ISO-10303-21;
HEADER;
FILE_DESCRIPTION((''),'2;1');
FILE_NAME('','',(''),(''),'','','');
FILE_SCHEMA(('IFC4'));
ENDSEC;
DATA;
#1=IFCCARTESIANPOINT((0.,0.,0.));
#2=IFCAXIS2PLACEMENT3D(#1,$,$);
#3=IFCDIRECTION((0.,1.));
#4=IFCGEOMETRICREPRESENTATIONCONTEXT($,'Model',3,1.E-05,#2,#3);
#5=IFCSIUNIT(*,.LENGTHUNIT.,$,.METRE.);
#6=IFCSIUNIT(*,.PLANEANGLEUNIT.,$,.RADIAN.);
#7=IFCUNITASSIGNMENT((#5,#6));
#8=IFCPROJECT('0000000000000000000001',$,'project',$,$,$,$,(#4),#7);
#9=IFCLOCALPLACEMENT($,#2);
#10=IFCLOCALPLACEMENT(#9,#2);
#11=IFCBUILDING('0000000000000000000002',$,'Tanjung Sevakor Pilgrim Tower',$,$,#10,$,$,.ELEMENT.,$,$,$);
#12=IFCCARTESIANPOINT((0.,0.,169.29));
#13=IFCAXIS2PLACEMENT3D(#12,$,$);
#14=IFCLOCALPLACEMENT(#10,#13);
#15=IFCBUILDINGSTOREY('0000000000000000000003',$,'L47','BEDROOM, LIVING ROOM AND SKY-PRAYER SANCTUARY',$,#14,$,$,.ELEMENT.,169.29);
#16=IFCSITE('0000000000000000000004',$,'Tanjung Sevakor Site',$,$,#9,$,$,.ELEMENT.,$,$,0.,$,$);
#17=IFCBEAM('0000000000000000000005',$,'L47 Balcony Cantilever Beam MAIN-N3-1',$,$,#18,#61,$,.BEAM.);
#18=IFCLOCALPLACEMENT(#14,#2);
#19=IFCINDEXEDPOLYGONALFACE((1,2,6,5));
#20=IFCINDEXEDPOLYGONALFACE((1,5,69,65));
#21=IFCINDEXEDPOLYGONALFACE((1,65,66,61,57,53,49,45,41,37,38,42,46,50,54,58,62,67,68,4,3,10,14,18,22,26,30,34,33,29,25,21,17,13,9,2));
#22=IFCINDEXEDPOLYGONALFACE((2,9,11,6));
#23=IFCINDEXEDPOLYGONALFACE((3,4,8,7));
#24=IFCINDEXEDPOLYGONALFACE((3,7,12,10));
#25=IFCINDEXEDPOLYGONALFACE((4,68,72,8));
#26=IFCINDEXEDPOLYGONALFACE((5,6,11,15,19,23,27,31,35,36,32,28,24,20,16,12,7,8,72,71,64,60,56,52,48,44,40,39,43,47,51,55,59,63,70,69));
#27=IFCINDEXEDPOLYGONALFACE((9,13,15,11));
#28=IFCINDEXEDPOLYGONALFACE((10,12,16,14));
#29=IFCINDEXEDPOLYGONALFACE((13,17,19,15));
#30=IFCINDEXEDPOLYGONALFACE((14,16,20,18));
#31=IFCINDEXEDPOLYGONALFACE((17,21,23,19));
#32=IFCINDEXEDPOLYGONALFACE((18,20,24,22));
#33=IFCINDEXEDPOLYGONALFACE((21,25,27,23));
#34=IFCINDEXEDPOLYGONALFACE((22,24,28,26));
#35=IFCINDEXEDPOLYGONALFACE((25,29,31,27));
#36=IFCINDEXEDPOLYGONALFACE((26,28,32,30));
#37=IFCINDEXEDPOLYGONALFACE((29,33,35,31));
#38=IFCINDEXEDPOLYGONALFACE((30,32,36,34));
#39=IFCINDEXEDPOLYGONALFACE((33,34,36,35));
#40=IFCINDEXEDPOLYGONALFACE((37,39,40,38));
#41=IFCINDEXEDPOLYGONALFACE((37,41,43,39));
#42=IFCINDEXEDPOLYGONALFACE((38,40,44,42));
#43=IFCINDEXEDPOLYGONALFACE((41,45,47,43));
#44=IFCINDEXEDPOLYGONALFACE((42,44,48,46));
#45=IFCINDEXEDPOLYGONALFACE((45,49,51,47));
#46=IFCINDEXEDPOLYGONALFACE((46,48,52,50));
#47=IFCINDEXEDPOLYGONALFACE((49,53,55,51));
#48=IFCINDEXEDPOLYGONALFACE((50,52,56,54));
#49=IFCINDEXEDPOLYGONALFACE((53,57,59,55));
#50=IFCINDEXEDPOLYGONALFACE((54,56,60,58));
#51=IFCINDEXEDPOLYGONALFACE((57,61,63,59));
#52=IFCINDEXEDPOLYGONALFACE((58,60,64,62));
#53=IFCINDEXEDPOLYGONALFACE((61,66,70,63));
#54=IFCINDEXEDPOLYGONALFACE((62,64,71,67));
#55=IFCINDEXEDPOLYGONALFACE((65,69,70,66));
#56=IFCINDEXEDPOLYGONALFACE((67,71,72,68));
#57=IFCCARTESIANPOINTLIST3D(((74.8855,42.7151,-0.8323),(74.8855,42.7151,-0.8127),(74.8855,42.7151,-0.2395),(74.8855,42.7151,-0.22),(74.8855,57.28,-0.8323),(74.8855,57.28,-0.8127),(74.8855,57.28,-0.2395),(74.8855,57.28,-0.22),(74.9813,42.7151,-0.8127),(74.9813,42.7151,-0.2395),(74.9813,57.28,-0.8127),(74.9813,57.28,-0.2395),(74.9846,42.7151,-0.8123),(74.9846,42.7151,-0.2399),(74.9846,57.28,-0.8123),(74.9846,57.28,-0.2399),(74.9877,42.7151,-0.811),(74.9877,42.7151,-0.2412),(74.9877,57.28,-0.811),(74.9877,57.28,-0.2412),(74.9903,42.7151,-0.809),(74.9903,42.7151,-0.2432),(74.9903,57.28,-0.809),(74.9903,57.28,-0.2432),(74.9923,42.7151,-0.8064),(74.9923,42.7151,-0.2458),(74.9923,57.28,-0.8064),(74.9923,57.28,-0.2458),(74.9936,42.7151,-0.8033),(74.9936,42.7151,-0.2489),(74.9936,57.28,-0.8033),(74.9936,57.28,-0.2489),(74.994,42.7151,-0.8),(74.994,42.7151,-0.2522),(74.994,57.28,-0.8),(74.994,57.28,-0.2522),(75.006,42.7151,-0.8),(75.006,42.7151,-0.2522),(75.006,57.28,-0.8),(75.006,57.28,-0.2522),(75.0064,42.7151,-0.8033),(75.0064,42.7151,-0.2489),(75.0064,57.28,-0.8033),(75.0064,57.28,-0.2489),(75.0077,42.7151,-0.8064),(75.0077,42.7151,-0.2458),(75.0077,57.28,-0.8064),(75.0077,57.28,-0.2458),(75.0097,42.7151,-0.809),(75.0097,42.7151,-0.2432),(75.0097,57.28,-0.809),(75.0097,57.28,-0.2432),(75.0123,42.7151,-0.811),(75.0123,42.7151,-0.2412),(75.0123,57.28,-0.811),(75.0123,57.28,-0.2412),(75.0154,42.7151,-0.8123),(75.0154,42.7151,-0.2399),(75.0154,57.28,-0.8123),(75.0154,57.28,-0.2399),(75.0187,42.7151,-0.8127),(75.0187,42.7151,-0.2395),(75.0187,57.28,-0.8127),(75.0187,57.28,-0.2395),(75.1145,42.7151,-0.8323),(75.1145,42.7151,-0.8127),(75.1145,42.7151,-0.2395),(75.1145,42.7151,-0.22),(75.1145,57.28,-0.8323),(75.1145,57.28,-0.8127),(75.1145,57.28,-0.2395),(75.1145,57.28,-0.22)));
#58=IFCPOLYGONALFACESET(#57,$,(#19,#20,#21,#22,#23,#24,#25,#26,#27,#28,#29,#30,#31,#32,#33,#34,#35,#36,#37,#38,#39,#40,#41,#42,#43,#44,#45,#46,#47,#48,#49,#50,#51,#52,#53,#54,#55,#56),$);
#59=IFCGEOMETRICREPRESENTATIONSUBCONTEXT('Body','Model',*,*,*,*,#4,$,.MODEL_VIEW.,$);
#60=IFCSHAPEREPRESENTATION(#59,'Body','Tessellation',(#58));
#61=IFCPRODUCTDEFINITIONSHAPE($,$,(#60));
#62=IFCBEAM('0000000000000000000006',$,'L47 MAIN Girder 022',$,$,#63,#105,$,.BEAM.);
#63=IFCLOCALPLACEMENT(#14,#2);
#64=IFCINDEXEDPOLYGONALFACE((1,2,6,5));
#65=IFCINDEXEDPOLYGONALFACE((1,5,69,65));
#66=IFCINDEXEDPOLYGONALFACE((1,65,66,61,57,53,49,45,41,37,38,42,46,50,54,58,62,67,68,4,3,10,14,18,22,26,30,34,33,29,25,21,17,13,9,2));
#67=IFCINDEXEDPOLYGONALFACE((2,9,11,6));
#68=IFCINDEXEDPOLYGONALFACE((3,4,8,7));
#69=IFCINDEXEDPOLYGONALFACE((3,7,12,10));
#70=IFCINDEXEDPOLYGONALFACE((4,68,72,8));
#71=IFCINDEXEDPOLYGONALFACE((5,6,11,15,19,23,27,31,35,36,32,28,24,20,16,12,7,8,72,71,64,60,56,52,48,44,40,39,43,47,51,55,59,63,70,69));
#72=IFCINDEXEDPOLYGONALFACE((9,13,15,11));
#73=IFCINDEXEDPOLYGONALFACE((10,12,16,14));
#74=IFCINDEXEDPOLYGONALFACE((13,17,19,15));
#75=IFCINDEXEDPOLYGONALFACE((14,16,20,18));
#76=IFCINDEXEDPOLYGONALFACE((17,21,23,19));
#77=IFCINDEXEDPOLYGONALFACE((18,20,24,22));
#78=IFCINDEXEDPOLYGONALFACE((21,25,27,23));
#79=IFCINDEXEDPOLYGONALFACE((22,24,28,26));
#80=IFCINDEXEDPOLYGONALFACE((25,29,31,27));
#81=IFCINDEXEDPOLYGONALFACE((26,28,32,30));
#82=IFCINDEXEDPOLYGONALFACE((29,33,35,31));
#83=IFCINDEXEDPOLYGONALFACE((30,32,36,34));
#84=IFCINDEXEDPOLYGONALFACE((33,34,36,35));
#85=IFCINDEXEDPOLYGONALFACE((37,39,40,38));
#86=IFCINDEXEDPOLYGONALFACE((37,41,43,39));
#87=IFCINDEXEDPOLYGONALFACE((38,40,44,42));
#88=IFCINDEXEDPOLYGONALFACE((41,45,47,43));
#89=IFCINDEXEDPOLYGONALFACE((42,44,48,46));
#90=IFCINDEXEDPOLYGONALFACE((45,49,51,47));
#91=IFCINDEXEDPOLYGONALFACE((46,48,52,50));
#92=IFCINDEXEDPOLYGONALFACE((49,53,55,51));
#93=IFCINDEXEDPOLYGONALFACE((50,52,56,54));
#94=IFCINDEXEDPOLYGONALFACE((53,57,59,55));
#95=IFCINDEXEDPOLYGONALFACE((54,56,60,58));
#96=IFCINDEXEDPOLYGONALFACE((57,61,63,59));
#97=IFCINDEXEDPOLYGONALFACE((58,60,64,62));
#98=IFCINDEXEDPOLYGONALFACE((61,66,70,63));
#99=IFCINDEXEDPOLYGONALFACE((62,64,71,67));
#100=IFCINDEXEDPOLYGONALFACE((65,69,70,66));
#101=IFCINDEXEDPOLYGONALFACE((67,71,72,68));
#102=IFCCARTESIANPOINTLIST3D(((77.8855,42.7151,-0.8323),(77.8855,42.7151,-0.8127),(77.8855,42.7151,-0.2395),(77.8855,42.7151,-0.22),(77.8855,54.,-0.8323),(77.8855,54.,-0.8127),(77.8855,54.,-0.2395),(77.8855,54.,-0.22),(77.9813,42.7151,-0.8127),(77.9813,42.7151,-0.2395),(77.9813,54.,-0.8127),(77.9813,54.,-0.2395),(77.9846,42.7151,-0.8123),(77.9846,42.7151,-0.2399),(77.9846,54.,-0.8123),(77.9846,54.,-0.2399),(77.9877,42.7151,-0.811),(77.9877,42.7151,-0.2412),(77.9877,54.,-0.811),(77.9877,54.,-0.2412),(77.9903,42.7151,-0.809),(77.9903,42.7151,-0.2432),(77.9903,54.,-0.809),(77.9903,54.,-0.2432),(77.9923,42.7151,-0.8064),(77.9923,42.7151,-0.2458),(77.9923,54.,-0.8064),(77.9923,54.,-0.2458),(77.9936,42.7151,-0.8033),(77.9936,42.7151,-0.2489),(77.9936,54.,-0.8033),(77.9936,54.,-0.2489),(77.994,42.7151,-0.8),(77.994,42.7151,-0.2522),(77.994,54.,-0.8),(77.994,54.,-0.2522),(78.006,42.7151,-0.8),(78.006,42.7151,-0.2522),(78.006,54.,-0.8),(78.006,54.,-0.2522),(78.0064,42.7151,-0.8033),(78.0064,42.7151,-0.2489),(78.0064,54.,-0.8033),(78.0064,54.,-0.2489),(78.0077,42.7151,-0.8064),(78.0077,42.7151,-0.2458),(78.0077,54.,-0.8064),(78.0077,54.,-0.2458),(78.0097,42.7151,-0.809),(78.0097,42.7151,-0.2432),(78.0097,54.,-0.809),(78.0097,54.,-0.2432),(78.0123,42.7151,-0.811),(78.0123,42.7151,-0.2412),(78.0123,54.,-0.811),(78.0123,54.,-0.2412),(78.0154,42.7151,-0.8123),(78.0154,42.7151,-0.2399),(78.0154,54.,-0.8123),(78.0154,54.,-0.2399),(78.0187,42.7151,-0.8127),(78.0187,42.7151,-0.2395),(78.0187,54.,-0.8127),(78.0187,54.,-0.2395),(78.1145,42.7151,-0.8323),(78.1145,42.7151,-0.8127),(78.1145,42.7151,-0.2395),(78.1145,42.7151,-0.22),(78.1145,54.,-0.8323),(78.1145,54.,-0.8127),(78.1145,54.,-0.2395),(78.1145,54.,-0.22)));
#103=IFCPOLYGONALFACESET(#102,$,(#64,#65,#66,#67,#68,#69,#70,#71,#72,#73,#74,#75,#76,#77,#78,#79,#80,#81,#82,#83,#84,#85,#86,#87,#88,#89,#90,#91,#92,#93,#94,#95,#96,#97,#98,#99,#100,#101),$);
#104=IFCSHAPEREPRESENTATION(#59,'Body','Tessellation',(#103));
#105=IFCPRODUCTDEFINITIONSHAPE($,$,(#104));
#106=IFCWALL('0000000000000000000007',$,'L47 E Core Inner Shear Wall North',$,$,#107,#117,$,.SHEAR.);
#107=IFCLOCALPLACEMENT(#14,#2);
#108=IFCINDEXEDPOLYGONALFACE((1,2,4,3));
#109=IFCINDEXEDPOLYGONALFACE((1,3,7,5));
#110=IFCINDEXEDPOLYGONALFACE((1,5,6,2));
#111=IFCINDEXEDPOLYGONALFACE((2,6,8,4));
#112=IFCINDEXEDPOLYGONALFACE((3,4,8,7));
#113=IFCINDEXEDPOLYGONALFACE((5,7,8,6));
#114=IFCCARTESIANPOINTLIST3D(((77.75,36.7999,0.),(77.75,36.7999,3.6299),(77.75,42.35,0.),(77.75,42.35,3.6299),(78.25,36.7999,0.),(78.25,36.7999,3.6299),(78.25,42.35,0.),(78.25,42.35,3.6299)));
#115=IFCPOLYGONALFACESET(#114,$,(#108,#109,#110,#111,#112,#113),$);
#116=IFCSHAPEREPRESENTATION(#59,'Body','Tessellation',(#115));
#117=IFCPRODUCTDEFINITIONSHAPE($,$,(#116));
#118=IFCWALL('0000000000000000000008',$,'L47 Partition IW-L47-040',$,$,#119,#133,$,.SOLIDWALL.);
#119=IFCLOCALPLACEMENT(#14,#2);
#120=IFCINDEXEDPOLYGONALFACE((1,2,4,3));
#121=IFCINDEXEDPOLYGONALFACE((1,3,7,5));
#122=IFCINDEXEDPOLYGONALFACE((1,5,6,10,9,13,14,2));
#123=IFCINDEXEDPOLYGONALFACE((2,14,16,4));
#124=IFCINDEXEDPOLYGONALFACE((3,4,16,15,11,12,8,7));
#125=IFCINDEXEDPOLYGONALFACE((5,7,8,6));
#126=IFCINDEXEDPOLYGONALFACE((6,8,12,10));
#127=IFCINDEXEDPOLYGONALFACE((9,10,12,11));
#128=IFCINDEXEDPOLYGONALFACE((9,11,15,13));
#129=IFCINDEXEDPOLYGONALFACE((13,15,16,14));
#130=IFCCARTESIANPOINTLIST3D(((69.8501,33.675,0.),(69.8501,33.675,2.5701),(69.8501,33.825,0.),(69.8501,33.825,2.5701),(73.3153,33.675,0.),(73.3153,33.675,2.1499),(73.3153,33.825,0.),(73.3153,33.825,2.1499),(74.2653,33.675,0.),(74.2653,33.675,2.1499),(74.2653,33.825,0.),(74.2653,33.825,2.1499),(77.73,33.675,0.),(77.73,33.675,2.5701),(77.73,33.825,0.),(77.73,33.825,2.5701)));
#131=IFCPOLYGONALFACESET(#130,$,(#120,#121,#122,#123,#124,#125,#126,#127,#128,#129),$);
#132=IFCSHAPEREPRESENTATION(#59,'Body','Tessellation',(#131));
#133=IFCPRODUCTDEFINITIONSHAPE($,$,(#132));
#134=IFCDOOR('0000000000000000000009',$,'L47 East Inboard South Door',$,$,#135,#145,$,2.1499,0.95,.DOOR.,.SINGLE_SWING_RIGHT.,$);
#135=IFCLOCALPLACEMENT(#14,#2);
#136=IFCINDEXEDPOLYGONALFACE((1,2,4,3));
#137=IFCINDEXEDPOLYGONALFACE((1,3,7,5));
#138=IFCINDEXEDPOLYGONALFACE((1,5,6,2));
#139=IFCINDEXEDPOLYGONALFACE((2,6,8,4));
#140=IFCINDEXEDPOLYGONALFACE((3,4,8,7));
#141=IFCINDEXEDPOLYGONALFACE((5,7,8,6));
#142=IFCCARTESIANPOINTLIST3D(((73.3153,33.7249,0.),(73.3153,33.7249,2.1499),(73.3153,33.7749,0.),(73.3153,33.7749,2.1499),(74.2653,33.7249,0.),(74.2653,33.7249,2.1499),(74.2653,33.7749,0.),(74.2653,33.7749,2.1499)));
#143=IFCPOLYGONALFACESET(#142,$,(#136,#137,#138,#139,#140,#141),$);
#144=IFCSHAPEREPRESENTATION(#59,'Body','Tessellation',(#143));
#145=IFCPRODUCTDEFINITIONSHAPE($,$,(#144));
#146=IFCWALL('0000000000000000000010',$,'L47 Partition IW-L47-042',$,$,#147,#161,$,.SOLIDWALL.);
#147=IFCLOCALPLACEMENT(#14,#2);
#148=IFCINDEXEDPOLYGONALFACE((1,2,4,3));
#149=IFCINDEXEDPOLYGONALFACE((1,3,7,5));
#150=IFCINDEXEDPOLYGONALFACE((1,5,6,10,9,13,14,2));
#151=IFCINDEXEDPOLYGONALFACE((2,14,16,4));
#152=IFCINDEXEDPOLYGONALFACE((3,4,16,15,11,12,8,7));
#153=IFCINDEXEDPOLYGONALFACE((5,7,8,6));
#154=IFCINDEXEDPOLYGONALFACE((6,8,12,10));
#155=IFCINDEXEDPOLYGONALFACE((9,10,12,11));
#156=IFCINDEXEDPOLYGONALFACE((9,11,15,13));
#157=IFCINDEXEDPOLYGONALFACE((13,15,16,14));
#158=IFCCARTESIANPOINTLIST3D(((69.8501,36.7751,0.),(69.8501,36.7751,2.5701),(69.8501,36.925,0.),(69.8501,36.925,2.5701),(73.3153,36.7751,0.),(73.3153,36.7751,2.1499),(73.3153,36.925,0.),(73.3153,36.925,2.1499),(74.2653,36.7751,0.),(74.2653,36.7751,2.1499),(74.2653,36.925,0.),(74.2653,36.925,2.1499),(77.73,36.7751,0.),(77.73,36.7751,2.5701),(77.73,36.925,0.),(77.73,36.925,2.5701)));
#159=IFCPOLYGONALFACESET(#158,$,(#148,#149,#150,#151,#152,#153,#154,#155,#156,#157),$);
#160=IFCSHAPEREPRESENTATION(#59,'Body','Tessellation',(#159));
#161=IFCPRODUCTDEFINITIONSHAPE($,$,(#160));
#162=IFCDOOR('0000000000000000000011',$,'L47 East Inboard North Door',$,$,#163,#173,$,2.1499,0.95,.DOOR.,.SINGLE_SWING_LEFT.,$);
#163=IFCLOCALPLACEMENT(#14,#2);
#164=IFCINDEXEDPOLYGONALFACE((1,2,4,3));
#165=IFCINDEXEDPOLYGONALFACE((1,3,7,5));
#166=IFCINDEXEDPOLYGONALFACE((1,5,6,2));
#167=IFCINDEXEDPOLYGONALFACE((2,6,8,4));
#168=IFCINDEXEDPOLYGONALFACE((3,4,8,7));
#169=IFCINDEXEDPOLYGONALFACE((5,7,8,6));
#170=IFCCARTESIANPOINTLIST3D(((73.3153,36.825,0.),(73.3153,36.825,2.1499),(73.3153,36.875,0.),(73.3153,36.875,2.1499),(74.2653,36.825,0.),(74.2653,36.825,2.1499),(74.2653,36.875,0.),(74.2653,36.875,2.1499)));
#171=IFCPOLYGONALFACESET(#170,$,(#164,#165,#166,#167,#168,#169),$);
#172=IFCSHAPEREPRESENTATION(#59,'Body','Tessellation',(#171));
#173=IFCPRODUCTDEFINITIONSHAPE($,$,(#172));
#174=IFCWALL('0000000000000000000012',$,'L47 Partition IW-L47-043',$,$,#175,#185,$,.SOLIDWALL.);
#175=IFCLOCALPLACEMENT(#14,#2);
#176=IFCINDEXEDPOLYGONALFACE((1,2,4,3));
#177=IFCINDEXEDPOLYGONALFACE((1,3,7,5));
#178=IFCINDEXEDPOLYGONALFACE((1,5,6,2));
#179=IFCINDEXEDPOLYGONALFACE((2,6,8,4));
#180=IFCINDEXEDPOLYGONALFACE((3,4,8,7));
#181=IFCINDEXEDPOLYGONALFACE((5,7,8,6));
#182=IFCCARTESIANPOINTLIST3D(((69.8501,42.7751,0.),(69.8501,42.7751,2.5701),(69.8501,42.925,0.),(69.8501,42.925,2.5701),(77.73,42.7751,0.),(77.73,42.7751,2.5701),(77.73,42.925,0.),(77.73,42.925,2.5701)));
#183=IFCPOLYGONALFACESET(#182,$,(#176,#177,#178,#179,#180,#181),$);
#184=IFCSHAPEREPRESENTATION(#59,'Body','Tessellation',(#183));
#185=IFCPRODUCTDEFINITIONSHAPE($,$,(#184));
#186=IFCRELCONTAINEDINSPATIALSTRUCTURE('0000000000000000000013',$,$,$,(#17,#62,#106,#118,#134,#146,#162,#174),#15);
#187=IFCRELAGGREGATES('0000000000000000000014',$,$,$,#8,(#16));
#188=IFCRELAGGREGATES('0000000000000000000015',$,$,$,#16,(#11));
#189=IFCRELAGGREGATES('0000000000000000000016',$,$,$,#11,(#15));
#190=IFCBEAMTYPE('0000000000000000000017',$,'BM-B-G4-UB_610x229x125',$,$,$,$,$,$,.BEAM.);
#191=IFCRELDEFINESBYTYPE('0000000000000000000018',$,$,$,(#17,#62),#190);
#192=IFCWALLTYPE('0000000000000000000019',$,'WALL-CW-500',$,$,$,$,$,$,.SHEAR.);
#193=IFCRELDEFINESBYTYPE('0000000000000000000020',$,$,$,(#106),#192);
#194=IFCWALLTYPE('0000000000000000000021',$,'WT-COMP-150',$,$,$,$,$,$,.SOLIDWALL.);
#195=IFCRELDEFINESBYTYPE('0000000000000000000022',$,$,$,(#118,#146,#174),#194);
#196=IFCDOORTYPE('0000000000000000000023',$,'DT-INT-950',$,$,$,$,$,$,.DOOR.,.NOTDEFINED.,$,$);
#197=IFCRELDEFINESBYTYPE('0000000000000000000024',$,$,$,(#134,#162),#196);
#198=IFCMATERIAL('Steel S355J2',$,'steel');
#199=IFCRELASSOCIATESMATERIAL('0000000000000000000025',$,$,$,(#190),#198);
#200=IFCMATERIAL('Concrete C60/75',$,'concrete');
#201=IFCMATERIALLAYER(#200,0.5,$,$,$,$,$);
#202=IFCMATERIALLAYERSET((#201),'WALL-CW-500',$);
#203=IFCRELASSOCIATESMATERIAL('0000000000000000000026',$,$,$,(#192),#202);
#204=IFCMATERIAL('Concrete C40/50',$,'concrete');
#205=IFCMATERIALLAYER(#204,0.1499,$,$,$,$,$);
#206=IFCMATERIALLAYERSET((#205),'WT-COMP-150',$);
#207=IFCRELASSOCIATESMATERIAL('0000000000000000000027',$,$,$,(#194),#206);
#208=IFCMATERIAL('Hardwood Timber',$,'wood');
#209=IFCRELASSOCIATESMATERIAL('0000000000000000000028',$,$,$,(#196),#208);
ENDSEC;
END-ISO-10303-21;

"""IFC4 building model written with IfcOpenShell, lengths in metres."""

from ifc_helpers import new_model, si_unit, direction, frame, frame_2d, origin, origin_2d, place, context, subcontext, project, spatial, rectangle, i_section, extrude, material, layer, layer_set, material_profile, profile_set, type_object, element, fill, save


model = new_model("IFC4")

# Units and contexts
model_context = context("Model", 3, precision=1e-05, world=origin(), true_north=direction((0.0, 1.0)))
body_context = subcontext(model_context, "Body", "Model", "MODEL_VIEW")
ifc_project = project(units=[si_unit("LENGTHUNIT", "METRE"), si_unit("PLANEANGLEUNIT", "RADIAN")], contexts=[model_context])

# Site, building, storey
site_placement = place(None, origin())
site = spatial("IfcSite", under=ifc_project, at=site_placement, Name="Tanjung Sevakor Site", CompositionType="ELEMENT", RefElevation=0.0)
building_placement = place(site_placement, origin())
building = spatial("IfcBuilding", under=site, at=building_placement, Name="Tanjung Sevakor Pilgrim Tower", CompositionType="ELEMENT")
storey_placement = place(building_placement, frame((0.0, 0.0, 169.29)))
storey = spatial("IfcBuildingStorey", under=building, at=storey_placement, Name="L47", Description="BEDROOM, LIVING ROOM AND SKY-PRAYER SANCTUARY", CompositionType="ELEMENT", Elevation=169.29)

# Beams
ifc_material_1 = material(Name="Steel S355J2", Category="steel")
ifc_material_profile_1 = material_profile(ifc_material_1, i_section(OverallWidth=0.229, OverallDepth=0.6123, WebThickness=0.012, FlangeThickness=0.0195, FilletRadius=0.0127, at=origin_2d()))
ifc_profile_set_1 = profile_set([ifc_material_profile_1], Name="Steel S355J2")
beam_type_1 = type_object("IfcBeamType", Name="BM-B-G4-UB_610x229x125", PredefinedType="BEAM", material=ifc_profile_set_1)
beam_1_placement = place(storey_placement, frame((75.0, 42.7151, -0.5261), z_axis=(0.0, 1.0, 0.0), x_axis=(-1.0, 0.0, 0.0)))
element("IfcBeam", 1, at=beam_1_placement, inside=storey, type_object=beam_type_1, Name="L47 Balcony Cantilever Beam MAIN-N3-1", PredefinedType="BEAM", context=body_context, shape_type="SweptSolid", body=[
    extrude(i_section(OverallWidth=0.229, OverallDepth=0.6123, WebThickness=0.012, FlangeThickness=0.0195, FilletRadius=0.0127, at=origin_2d()), origin(), (0.0, 0.0, 1.0), 14.5649),
])
beam_2_placement = place(storey_placement, frame((78.0, 42.7151, -0.5261), z_axis=(0.0, 1.0, 0.0), x_axis=(-1.0, 0.0, 0.0)))
element("IfcBeam", 2, at=beam_2_placement, inside=storey, type_object=beam_type_1, Name="L47 MAIN Girder 022", PredefinedType="BEAM", context=body_context, shape_type="SweptSolid", body=[
    extrude(i_section(OverallWidth=0.229, OverallDepth=0.6123, WebThickness=0.012, FlangeThickness=0.0195, FilletRadius=0.0127, at=origin_2d()), origin(), (0.0, 0.0, 1.0), 11.2849),
])

# Wall
ifc_material_2 = material(Name="Concrete C60/75", Category="concrete")
ifc_layer_1 = layer(ifc_material_2, 0.5)
ifc_layer_set_1 = layer_set([ifc_layer_1], Name="WALL-CW-500")
wall_type_1 = type_object("IfcWallType", Name="WALL-CW-500", PredefinedType="SHEAR", material=ifc_layer_set_1)
wall_1_placement = place(storey_placement, frame((78.0, 36.8, 0.0), z_axis=(0.0, 0.0, 1.0), x_axis=(0.0, 1.0, 0.0)))
element("IfcWall", 3, at=wall_1_placement, inside=storey, type_object=wall_type_1, Name="L47 E Core Inner Shear Wall North", PredefinedType="SHEAR", context=body_context, shape_type="SweptSolid", body=[
    extrude(rectangle(XDim=5.55, YDim=0.5, at=frame_2d((2.7749, 0.0))), origin(), (0.0, 0.0, 1.0), 3.6299),
])

# Walls, openings, doors
ifc_material_3 = material(Name="Concrete C40/50", Category="concrete")
ifc_layer_2 = layer(ifc_material_3, 0.1499)
ifc_layer_set_2 = layer_set([ifc_layer_2], Name="WT-COMP-150")
wall_type_2 = type_object("IfcWallType", Name="WT-COMP-150", PredefinedType="SOLIDWALL", material=ifc_layer_set_2)
wall_2_placement = place(storey_placement, frame((69.8501, 33.75, 0.0), z_axis=(0.0, 0.0, 1.0), x_axis=(1.0, 0.0, 0.0)))
wall_2 = element("IfcWall", 4, at=wall_2_placement, inside=storey, type_object=wall_type_2, Name="L47 Partition IW-L47-040", PredefinedType="SOLIDWALL", context=body_context, shape_type="SweptSolid", body=[
    extrude(rectangle(XDim=7.8799, YDim=0.1499, at=frame_2d((3.9399, 0.0))), origin(), (0.0, 0.0, 1.0), 2.5701),
])
opening_1_placement = place(wall_2_placement, frame((3.4651, 0.0, 0.0)))
opening_1 = element("IfcOpeningElement", 5, at=opening_1_placement, cuts=wall_2, PredefinedType="OPENING", context=body_context, shape_type="SweptSolid", body=[
    extrude(rectangle(XDim=0.95, YDim=2.1499, at=frame_2d((0.4751, 1.075))), frame((0.0, 0.085, 0.0), z_axis=(0.0, -1.0, 0.0), x_axis=(1.0, 0.0, 0.0)), (0.0, 0.0, 1.0), 0.1699),
])
ifc_material_4 = material(Name="Hardwood Timber", Category="wood")
door_type = type_object("IfcDoorType", Name="DT-INT-950", OperationType="NOTDEFINED", PredefinedType="DOOR", material=ifc_material_4)
door_1_placement = place(opening_1_placement, origin())
door_1 = element("IfcDoor", 6, at=door_1_placement, inside=storey, type_object=door_type, Name="L47 East Inboard South Door", OperationType="SINGLE_SWING_RIGHT", OverallHeight=2.1499, OverallWidth=0.95, PredefinedType="DOOR", context=body_context, shape_type="SweptSolid", body=[
    extrude(rectangle(XDim=0.95, YDim=2.1499, at=frame_2d((0.4751, 1.075))), frame((0.0, 0.0249, 0.0), z_axis=(0.0, -1.0, 0.0), x_axis=(1.0, 0.0, 0.0)), (0.0, 0.0, 1.0), 0.05),
])
fill(opening_1, door_1)
wall_3_placement = place(storey_placement, frame((69.8501, 36.8501, 0.0), z_axis=(0.0, 0.0, 1.0), x_axis=(1.0, 0.0, 0.0)))
wall_3 = element("IfcWall", 7, at=wall_3_placement, inside=storey, type_object=wall_type_2, Name="L47 Partition IW-L47-042", PredefinedType="SOLIDWALL", context=body_context, shape_type="SweptSolid", body=[
    extrude(rectangle(XDim=7.8799, YDim=0.1499, at=frame_2d((3.9399, 0.0))), origin(), (0.0, 0.0, 1.0), 2.5701),
])
opening_2_placement = place(wall_3_placement, frame((3.4651, 0.0, 0.0)))
opening_2 = element("IfcOpeningElement", 8, at=opening_2_placement, cuts=wall_3, PredefinedType="OPENING", context=body_context, shape_type="SweptSolid", body=[
    extrude(rectangle(XDim=0.95, YDim=2.1499, at=frame_2d((0.4751, 1.075))), frame((0.0, 0.085, 0.0), z_axis=(0.0, -1.0, 0.0), x_axis=(1.0, 0.0, 0.0)), (0.0, 0.0, 1.0), 0.1699),
])
door_2_placement = place(opening_2_placement, origin())
door_2 = element("IfcDoor", 9, at=door_2_placement, inside=storey, type_object=door_type, Name="L47 East Inboard North Door", OperationType="SINGLE_SWING_LEFT", OverallHeight=2.1499, OverallWidth=0.95, PredefinedType="DOOR", context=body_context, shape_type="SweptSolid", body=[
    extrude(rectangle(XDim=0.95, YDim=2.1499, at=frame_2d((0.4751, 1.075))), frame((0.0, 0.0249, 0.0), z_axis=(0.0, -1.0, 0.0), x_axis=(1.0, 0.0, 0.0)), (0.0, 0.0, 1.0), 0.05),
])
fill(opening_2, door_2)

# Wall
wall_4_placement = place(storey_placement, frame((69.8501, 42.8501, 0.0), z_axis=(0.0, 0.0, 1.0), x_axis=(1.0, 0.0, 0.0)))
element("IfcWall", 10, at=wall_4_placement, inside=storey, type_object=wall_type_2, Name="L47 Partition IW-L47-043", PredefinedType="SOLIDWALL", context=body_context, shape_type="SweptSolid", body=[
    extrude(rectangle(XDim=7.8799, YDim=0.1499, at=frame_2d((3.9399, 0.0))), origin(), (0.0, 0.0, 1.0), 2.5701),
])

save(model, "model.ifc")
